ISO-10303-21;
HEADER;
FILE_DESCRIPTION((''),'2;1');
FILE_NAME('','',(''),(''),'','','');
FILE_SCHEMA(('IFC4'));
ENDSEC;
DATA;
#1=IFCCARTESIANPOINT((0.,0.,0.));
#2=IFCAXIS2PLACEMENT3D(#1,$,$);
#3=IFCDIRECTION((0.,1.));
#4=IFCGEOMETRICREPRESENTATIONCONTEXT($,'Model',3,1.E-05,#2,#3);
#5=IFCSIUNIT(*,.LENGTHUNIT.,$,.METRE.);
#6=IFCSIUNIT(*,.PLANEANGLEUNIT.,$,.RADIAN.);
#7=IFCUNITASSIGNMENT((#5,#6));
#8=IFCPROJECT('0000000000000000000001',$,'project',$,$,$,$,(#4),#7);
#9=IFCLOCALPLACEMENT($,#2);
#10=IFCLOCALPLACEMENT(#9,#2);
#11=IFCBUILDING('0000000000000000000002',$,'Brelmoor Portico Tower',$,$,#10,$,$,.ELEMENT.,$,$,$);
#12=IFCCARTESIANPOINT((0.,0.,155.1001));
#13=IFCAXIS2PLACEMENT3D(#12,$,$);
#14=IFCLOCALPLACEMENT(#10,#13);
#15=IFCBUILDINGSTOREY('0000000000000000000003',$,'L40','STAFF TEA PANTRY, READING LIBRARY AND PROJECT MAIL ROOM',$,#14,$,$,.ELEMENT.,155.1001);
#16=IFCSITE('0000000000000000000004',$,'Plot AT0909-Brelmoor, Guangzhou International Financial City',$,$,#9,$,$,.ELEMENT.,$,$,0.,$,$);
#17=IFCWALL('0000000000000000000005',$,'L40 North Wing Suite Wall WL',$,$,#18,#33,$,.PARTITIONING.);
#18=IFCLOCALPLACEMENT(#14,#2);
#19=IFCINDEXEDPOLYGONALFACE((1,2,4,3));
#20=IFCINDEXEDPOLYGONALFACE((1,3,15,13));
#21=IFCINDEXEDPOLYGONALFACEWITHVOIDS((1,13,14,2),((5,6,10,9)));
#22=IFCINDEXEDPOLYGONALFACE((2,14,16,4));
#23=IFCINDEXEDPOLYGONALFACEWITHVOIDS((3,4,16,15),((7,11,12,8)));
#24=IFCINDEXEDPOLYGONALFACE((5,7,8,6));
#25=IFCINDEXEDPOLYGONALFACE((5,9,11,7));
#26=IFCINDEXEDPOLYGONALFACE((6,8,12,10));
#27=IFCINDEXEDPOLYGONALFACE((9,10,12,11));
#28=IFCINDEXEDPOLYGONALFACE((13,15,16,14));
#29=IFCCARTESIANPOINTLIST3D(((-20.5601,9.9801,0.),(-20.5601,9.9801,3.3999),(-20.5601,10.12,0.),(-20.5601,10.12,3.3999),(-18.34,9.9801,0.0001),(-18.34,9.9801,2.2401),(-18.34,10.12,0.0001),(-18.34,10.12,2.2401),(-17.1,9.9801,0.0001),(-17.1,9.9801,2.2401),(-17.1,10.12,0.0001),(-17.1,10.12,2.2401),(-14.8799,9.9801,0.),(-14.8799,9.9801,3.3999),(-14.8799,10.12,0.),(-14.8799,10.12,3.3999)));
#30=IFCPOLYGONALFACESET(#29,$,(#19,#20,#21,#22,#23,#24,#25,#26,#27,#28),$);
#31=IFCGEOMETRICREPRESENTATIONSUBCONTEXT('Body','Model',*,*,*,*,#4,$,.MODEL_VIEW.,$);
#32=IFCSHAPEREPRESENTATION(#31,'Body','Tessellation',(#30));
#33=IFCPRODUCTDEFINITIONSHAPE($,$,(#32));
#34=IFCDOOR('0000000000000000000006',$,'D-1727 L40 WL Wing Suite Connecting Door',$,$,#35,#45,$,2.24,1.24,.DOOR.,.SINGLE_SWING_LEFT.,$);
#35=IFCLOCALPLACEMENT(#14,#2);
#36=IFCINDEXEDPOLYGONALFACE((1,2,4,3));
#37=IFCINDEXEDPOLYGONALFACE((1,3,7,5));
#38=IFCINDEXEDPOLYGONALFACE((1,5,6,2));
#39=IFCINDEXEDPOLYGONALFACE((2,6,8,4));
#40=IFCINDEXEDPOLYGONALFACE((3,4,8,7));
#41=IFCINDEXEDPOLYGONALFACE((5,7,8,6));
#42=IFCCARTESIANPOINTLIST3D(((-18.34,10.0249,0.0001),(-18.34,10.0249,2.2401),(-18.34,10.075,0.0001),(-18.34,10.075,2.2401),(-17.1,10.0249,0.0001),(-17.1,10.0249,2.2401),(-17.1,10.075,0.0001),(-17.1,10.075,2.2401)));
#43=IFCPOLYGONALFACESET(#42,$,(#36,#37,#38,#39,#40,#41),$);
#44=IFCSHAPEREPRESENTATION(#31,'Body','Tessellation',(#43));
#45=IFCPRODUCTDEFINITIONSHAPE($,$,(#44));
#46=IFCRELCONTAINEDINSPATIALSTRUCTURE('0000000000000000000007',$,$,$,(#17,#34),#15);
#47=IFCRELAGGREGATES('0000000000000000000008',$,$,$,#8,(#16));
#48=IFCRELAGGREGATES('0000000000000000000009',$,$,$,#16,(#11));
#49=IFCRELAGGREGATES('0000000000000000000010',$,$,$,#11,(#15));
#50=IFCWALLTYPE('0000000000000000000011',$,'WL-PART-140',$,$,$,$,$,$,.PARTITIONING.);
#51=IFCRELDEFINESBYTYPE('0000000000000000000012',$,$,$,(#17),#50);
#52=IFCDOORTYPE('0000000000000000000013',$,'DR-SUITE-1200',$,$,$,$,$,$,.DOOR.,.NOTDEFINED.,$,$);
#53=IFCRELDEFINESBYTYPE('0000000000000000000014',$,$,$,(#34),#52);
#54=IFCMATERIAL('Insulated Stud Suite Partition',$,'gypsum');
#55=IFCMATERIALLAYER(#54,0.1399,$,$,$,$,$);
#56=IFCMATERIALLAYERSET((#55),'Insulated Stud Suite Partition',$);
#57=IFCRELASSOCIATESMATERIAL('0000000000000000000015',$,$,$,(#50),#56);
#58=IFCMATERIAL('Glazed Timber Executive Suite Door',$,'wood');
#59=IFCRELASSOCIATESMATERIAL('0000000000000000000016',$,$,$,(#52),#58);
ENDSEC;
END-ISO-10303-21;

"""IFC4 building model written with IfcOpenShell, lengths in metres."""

from ifc_helpers import new_model, si_unit, direction, frame, frame_2d, origin, place, context, subcontext, project, spatial, rectangle, extrude, material, layer, layer_set, type_object, element, fill, save


model = new_model("IFC4")

# Units and contexts
model_context = context("Model", 3, precision=1e-05, world=origin(), true_north=direction((0.0, 1.0)))
body_context = subcontext(model_context, "Body", "Model", "MODEL_VIEW")
ifc_project = project(units=[si_unit("LENGTHUNIT", "METRE"), si_unit("PLANEANGLEUNIT", "RADIAN")], contexts=[model_context])

# Site, building, storey
site_placement = place(None, origin())
site = spatial("IfcSite", under=ifc_project, at=site_placement, Name="Plot AT0909-Brelmoor, Guangzhou International Financial City", CompositionType="ELEMENT", RefElevation=0.0)
building_placement = place(site_placement, origin())
building = spatial("IfcBuilding", under=site, at=building_placement, Name="Brelmoor Portico Tower", CompositionType="ELEMENT")
storey_placement = place(building_placement, frame((0.0, 0.0, 155.1001)))
storey = spatial("IfcBuildingStorey", under=building, at=storey_placement, Name="L40", Description="STAFF TEA PANTRY, READING LIBRARY AND PROJECT MAIL ROOM", CompositionType="ELEMENT", Elevation=155.1001)

# Wall, opening, door
ifc_material_1 = material(Name="Insulated Stud Suite Partition", Category="gypsum")
ifc_layer_1 = layer(ifc_material_1, 0.1399)
ifc_layer_set_1 = layer_set([ifc_layer_1], Name="Insulated Stud Suite Partition")
wall_type_1 = type_object("IfcWallType", Name="WL-PART-140", PredefinedType="PARTITIONING", material=ifc_layer_set_1)
wall_1_placement = place(storey_placement, frame((-20.5601, 10.05, 0.0), z_axis=(0.0, 0.0, 1.0), x_axis=(1.0, 0.0, 0.0)))
wall_1 = element("IfcWall", 1, at=wall_1_placement, inside=storey, type_object=wall_type_1, Name="L40 North Wing Suite Wall WL", PredefinedType="PARTITIONING", context=body_context, shape_type="SweptSolid", body=[
    extrude(rectangle(XDim=5.6802, YDim=0.1399, at=frame_2d((2.8401, 0.0))), origin(), (0.0, 0.0, 1.0), 3.3999),
])
opening_placement = place(wall_1_placement, frame((2.22, 0.0, 0.0)))
opening = element("IfcOpeningElement", 2, at=opening_placement, cuts=wall_1, PredefinedType="OPENING", context=body_context, shape_type="SweptSolid", body=[
    extrude(rectangle(XDim=1.24, YDim=2.24, at=frame_2d((0.6201, 1.1201))), frame((0.0, 0.0798, 0.0), z_axis=(0.0, -1.0, 0.0), x_axis=(1.0, 0.0, 0.0)), (0.0, 0.0, 1.0), 0.1599),
])
ifc_material_2 = material(Name="Glazed Timber Executive Suite Door", Category="wood")
door_type = type_object("IfcDoorType", Name="DR-SUITE-1200", OperationType="NOTDEFINED", PredefinedType="DOOR", material=ifc_material_2)
door_placement = place(opening_placement, origin())
door = element("IfcDoor", 3, at=door_placement, inside=storey, type_object=door_type, Name="D-1727 L40 WL Wing Suite Connecting Door", OperationType="SINGLE_SWING_LEFT", OverallHeight=2.24, OverallWidth=1.24, PredefinedType="DOOR", context=body_context, shape_type="SweptSolid", body=[
    extrude(rectangle(XDim=1.24, YDim=2.24, at=frame_2d((0.6201, 1.1201))), frame((0.0, 0.0249, 0.0), z_axis=(0.0, -1.0, 0.0), x_axis=(1.0, 0.0, 0.0)), (0.0, 0.0, 1.0), 0.05),
])
fill(opening, door)

save(model, "model.ifc")
